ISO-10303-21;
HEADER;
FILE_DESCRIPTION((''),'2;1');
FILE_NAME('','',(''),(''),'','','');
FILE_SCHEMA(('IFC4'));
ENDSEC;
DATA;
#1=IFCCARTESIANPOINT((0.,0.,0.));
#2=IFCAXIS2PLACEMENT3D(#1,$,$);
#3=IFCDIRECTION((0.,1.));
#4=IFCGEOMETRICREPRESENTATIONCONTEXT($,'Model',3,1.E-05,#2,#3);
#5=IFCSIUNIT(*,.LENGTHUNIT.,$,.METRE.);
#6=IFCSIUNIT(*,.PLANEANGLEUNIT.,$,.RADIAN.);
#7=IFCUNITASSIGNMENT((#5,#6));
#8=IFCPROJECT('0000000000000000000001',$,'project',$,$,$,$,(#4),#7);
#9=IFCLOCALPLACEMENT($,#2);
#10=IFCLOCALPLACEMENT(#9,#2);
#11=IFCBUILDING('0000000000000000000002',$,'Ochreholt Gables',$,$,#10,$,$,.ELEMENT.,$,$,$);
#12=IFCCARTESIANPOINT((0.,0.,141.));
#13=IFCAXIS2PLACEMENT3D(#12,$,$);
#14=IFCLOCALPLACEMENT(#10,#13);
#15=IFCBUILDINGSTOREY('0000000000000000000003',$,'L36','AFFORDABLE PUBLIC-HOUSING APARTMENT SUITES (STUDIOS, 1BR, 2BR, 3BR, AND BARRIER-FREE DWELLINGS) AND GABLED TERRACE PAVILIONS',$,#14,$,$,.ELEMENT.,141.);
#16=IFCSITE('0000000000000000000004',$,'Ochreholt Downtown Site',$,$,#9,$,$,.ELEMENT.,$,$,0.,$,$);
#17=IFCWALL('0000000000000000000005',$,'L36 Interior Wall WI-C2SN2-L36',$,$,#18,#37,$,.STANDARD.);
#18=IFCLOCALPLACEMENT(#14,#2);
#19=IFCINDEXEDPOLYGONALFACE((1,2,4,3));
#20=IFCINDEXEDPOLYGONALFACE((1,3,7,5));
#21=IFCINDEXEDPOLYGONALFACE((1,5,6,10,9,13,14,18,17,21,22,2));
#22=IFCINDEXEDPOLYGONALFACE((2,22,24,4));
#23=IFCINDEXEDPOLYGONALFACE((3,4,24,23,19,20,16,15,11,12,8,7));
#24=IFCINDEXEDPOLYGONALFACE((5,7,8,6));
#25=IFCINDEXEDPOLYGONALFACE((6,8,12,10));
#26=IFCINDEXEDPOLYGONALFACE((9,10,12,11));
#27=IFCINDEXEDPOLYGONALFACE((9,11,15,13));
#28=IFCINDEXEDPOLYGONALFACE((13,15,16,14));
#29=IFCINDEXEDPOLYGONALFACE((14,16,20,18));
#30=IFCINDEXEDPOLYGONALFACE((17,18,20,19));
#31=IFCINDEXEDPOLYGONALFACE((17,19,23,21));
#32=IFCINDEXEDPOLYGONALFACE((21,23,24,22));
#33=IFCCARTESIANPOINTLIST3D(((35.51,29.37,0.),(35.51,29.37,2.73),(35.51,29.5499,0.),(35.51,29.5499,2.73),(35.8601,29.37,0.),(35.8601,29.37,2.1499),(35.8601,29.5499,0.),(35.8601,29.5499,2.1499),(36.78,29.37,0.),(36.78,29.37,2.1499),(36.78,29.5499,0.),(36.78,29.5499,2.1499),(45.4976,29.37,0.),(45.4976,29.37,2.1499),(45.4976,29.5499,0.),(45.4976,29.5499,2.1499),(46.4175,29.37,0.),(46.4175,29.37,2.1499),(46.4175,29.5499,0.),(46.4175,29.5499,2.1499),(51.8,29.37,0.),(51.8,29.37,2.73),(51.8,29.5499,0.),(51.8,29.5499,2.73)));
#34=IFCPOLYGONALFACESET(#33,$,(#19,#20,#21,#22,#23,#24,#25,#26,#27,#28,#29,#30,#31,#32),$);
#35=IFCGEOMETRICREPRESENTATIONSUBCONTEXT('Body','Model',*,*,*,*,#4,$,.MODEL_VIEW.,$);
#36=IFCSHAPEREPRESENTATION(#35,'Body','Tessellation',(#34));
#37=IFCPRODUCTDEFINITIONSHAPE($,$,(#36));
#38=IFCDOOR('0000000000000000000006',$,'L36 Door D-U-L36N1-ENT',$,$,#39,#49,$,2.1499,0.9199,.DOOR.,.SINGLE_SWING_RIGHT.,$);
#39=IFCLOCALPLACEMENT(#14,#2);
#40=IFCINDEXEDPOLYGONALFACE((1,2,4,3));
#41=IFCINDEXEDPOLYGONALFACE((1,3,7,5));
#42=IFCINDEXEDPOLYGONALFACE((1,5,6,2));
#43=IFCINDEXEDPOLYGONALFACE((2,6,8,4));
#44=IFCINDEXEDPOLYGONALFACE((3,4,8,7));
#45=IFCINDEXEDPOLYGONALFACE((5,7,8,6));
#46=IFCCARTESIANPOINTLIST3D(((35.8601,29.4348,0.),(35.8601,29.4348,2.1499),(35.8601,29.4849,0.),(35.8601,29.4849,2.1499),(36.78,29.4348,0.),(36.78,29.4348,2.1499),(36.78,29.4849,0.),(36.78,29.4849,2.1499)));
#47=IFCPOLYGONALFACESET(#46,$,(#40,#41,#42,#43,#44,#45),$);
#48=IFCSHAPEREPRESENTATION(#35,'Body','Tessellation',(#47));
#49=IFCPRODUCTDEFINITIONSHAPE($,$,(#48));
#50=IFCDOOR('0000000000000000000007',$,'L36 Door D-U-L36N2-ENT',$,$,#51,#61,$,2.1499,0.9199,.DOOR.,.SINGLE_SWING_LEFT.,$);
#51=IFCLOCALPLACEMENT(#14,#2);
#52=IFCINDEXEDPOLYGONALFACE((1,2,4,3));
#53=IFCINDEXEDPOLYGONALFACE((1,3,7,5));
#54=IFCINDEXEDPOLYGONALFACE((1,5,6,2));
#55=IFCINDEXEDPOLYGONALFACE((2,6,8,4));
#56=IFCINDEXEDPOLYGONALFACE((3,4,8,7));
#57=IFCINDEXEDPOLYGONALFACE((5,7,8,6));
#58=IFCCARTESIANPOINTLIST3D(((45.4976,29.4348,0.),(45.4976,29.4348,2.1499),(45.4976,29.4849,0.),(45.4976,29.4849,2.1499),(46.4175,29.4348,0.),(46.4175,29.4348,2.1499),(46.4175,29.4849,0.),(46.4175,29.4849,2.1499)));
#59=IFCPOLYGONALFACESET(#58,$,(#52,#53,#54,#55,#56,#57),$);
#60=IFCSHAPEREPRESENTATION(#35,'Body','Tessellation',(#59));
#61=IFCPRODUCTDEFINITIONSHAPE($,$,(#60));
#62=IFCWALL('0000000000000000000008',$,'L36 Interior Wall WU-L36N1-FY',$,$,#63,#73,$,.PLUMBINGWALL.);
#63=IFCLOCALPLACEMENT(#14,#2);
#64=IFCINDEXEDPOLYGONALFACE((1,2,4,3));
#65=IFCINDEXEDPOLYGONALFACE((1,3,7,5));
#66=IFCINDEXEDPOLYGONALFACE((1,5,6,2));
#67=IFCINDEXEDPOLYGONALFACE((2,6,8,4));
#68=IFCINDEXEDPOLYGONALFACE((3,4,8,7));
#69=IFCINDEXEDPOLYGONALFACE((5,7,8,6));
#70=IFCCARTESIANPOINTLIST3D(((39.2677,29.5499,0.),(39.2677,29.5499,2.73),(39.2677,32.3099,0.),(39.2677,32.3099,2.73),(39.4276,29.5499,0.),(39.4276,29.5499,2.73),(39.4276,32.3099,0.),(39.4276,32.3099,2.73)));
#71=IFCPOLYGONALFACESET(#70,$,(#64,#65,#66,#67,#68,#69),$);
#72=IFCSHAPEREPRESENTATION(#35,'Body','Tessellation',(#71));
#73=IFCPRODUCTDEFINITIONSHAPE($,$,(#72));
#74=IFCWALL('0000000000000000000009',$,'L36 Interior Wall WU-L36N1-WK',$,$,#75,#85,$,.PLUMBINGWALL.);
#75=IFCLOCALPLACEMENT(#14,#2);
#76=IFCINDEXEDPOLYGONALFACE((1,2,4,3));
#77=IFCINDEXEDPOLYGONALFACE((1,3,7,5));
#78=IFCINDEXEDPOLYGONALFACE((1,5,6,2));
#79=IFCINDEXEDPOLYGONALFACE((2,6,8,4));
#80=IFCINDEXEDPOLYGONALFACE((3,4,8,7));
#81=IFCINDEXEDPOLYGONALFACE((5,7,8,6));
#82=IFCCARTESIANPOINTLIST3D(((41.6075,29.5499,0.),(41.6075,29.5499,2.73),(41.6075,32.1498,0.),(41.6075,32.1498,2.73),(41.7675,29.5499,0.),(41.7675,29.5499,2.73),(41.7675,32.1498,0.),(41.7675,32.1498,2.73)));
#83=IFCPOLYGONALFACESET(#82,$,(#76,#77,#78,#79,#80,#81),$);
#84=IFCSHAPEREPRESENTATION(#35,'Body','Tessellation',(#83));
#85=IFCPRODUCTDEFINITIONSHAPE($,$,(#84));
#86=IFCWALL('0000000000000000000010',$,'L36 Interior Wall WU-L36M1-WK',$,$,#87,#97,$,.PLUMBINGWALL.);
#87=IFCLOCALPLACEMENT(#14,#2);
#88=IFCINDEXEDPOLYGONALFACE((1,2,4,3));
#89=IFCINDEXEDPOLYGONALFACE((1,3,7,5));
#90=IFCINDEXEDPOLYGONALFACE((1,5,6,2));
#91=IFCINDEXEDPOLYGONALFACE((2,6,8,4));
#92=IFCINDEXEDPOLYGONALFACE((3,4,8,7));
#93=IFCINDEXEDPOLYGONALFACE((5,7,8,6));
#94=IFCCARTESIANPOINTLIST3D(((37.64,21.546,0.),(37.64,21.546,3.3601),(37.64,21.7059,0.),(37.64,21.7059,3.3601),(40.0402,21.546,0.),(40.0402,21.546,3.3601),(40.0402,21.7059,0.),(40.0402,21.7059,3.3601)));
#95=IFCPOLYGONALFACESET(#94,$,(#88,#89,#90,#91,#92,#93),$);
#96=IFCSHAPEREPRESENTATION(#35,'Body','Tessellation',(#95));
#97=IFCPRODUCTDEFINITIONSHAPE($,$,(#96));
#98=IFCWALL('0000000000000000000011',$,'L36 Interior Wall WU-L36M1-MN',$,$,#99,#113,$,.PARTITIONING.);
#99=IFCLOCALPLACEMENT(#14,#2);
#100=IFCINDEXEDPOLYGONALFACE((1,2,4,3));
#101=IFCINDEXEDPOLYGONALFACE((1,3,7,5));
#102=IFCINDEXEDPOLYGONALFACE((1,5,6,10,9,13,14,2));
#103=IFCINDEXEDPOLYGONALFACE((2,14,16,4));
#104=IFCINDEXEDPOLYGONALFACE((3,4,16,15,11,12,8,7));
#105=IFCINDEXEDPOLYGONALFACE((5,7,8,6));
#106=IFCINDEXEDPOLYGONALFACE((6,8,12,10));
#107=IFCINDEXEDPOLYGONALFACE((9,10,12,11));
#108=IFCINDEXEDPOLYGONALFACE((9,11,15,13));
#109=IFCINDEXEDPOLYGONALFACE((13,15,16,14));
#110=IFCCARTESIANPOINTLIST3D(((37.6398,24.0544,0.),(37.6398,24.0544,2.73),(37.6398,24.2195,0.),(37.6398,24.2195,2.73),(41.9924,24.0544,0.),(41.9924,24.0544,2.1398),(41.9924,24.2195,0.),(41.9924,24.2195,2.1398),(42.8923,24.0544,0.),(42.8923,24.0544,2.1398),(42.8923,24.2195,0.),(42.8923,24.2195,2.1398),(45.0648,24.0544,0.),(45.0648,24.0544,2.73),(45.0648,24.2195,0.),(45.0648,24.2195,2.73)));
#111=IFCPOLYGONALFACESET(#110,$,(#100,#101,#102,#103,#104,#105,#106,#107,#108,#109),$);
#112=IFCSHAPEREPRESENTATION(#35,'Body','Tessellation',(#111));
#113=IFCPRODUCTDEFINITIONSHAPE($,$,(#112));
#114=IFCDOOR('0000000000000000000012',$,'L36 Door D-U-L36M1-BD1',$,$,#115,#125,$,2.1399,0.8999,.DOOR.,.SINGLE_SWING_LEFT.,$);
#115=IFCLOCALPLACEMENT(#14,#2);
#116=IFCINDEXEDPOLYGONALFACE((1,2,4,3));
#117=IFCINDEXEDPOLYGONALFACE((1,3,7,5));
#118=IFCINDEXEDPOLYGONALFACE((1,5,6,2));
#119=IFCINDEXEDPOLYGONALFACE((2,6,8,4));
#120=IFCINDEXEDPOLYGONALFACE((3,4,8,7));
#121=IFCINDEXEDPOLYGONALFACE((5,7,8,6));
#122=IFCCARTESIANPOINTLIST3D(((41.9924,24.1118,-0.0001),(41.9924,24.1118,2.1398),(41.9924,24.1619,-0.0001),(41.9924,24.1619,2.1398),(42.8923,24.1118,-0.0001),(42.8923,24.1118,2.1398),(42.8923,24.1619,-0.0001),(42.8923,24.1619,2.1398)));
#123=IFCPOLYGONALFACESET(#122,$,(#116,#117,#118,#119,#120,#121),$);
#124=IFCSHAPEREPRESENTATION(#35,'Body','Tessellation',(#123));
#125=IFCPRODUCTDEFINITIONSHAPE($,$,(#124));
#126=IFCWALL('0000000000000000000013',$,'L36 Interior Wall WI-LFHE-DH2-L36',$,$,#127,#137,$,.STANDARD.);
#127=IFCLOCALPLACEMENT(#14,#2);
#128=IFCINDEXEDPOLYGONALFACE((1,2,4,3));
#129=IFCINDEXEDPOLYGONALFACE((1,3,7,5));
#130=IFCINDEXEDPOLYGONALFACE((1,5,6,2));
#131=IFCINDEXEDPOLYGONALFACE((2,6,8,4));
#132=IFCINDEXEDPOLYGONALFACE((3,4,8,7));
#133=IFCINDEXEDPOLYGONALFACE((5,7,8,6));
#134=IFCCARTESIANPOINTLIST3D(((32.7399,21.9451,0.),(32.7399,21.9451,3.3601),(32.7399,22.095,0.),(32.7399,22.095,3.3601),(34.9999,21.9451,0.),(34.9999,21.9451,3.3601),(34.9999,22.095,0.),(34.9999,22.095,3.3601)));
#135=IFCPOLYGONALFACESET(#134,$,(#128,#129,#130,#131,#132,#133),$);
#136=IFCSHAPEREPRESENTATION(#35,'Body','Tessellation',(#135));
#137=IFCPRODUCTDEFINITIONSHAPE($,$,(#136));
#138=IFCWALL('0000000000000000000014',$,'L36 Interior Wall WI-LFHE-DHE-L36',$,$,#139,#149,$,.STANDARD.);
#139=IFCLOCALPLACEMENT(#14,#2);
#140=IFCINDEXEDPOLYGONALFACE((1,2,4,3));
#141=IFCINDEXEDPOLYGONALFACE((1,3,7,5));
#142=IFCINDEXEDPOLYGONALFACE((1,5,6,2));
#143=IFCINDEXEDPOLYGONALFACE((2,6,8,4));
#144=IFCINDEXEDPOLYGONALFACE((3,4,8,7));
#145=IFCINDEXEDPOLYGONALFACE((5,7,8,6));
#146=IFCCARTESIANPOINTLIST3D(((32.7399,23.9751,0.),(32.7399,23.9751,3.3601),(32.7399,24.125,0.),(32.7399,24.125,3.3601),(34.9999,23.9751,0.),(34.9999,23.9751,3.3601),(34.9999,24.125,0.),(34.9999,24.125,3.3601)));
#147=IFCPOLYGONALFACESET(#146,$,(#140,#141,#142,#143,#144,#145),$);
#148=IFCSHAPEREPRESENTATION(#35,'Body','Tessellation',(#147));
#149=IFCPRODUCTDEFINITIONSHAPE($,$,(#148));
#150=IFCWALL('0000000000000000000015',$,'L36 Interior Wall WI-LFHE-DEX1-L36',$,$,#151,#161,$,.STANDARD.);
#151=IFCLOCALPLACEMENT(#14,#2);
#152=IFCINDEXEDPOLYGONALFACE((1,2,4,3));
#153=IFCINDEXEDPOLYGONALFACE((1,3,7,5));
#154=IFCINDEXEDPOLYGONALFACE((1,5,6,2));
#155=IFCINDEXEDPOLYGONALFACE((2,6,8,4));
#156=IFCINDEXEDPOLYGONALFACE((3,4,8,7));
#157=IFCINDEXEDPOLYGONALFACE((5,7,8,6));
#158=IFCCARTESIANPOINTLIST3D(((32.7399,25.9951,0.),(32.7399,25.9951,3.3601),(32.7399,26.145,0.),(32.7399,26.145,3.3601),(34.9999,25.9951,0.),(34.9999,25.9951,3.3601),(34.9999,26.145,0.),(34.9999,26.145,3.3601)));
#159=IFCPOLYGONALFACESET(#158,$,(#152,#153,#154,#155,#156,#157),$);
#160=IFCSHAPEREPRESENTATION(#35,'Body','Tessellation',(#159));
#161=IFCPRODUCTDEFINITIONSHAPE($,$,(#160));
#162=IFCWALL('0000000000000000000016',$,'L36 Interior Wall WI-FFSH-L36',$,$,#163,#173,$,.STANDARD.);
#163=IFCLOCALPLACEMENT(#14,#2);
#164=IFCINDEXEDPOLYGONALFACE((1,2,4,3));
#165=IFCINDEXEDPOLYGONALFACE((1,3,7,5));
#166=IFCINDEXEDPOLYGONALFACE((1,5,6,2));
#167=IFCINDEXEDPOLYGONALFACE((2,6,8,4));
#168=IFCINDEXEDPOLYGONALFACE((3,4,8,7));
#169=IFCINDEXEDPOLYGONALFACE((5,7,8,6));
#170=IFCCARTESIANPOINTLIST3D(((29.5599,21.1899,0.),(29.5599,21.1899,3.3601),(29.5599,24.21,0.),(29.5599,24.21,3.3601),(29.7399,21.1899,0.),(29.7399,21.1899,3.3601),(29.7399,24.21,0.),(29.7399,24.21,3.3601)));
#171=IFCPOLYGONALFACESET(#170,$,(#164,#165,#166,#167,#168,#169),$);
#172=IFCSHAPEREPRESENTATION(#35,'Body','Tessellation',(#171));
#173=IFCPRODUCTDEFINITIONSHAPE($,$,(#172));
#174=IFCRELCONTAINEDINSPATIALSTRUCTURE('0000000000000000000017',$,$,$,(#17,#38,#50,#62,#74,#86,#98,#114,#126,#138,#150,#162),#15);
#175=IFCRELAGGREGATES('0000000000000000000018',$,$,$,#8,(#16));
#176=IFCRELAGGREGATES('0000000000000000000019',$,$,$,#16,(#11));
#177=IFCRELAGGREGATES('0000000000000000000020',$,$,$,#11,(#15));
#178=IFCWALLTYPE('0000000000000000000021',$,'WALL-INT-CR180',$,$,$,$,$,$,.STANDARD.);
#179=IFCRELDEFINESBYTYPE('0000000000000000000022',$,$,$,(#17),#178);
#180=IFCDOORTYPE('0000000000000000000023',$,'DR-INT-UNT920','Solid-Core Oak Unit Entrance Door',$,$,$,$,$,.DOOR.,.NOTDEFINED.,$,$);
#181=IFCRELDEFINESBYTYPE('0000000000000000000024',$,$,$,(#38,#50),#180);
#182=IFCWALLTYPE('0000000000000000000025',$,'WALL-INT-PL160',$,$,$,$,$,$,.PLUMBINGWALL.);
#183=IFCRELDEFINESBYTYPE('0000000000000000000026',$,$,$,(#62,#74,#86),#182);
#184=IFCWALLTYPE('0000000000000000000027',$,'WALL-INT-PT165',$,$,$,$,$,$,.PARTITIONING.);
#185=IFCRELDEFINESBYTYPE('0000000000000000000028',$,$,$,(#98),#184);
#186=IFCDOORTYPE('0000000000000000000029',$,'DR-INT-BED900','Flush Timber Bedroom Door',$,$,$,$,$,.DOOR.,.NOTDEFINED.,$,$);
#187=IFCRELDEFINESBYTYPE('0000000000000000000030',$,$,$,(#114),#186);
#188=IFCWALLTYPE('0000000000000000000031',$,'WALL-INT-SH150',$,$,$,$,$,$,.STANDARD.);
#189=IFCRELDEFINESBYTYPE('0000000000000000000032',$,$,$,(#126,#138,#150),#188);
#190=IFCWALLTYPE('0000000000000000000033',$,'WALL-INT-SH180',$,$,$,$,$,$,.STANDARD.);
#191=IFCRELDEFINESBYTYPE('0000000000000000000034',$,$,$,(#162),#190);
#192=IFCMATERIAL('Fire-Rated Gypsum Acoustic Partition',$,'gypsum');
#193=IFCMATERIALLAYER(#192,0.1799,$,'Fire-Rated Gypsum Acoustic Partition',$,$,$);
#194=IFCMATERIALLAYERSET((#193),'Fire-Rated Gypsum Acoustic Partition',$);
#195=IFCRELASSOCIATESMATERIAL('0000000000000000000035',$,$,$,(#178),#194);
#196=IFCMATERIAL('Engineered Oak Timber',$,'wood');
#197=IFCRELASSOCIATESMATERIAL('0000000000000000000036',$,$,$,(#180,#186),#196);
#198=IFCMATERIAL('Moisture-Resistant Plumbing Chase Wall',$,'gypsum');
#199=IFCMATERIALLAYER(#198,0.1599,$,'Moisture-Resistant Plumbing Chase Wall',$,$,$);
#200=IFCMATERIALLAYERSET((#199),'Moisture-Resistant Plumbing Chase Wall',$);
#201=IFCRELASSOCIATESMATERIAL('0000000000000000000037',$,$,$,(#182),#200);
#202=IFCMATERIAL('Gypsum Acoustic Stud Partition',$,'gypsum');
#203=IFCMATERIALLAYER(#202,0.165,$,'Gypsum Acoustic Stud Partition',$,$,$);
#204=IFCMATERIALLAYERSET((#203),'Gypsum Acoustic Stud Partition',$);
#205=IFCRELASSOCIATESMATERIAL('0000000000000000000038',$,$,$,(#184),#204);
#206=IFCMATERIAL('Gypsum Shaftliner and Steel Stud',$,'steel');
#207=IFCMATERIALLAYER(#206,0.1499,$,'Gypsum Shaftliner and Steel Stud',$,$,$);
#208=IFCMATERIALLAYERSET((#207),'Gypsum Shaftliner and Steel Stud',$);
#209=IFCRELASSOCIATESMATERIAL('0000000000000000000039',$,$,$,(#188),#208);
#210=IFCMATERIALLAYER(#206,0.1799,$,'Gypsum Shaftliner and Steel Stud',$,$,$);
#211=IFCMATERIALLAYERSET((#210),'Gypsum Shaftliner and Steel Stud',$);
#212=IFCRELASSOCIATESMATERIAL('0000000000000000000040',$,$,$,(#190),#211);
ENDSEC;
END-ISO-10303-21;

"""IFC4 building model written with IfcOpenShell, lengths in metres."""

from ifc_helpers import new_model, si_unit, direction, frame, frame_2d, origin, place, context, subcontext, project, spatial, rectangle, extrude, material, layer, layer_set, type_object, element, fill, save


model = new_model("IFC4")

# Units and contexts
model_context = context("Model", 3, precision=1e-05, world=origin(), true_north=direction((0.0, 1.0)))
body_context = subcontext(model_context, "Body", "Model", "MODEL_VIEW")
ifc_project = project(units=[si_unit("LENGTHUNIT", "METRE"), si_unit("PLANEANGLEUNIT", "RADIAN")], contexts=[model_context])

# Site, building, storey
site_placement = place(None, origin())
site = spatial("IfcSite", under=ifc_project, at=site_placement, Name="Ochreholt Downtown Site", CompositionType="ELEMENT", RefElevation=0.0)
building_placement = place(site_placement, origin())
building = spatial("IfcBuilding", under=site, at=building_placement, Name="Ochreholt Gables", CompositionType="ELEMENT")
storey_placement = place(building_placement, frame((0.0, 0.0, 141.0)))
storey = spatial("IfcBuildingStorey", under=building, at=storey_placement, Name="L36", Description="AFFORDABLE PUBLIC-HOUSING APARTMENT SUITES (STUDIOS, 1BR, 2BR, 3BR, AND BARRIER-FREE DWELLINGS) AND GABLED TERRACE PAVILIONS", CompositionType="ELEMENT", Elevation=141.0)

# Shared definitions
ifc_material_1 = material(Name="Fire-Rated Gypsum Acoustic Partition", Category="gypsum")
ifc_layer_1 = layer(ifc_material_1, 0.1799, Name="Fire-Rated Gypsum Acoustic Partition")
ifc_layer_set_1 = layer_set([ifc_layer_1], Name="Fire-Rated Gypsum Acoustic Partition")
wall_type_1 = type_object("IfcWallType", Name="WALL-INT-CR180", PredefinedType="STANDARD", material=ifc_layer_set_1)

# Wall, openings, doors
wall_1_placement = place(storey_placement, frame((35.51, 29.46, 0.0), z_axis=(0.0, 0.0, 1.0), x_axis=(1.0, 0.0, 0.0)))
wall_1 = element("IfcWall", 1, at=wall_1_placement, inside=storey, type_object=wall_type_1, Name="L36 Interior Wall WI-C2SN2-L36", PredefinedType="STANDARD", context=body_context, shape_type="SweptSolid", body=[
    extrude(rectangle(XDim=16.29, YDim=0.1799, at=frame_2d((8.145, 0.0))), origin(), (0.0, 0.0, 1.0), 2.73),
])
opening_1_placement = place(wall_1_placement, frame((0.3501, 0.0, 0.0)))
opening_1 = element("IfcOpeningElement", 2, at=opening_1_placement, cuts=wall_1, PredefinedType="OPENING", context=body_context, shape_type="SweptSolid", body=[
    extrude(rectangle(XDim=0.9199, YDim=2.1499, at=frame_2d((0.46, 1.075))), frame((0.0, 0.0999, 0.0), z_axis=(0.0, -1.0, 0.0), x_axis=(1.0, 0.0, 0.0)), (0.0, 0.0, 1.0), 0.2),
])
opening_2_placement = place(wall_1_placement, frame((9.9875, 0.0, 0.0)))
opening_2 = element("IfcOpeningElement", 3, at=opening_2_placement, cuts=wall_1, PredefinedType="OPENING", context=body_context, shape_type="SweptSolid", body=[
    extrude(rectangle(XDim=0.9199, YDim=2.1499, at=frame_2d((0.46, 1.075))), frame((0.0, 0.0999, 0.0), z_axis=(0.0, -1.0, 0.0), x_axis=(1.0, 0.0, 0.0)), (0.0, 0.0, 1.0), 0.2),
])
ifc_material_2 = material(Name="Engineered Oak Timber", Category="wood")
door_type_1 = type_object("IfcDoorType", Name="DR-INT-UNT920", Description="Solid-Core Oak Unit Entrance Door", OperationType="NOTDEFINED", PredefinedType="DOOR", material=ifc_material_2)
door_1_placement = place(opening_1_placement, origin())
door_1 = element("IfcDoor", 4, at=door_1_placement, inside=storey, type_object=door_type_1, Name="L36 Door D-U-L36N1-ENT", OperationType="SINGLE_SWING_RIGHT", OverallHeight=2.1499, OverallWidth=0.9199, PredefinedType="DOOR", context=body_context, shape_type="SweptSolid", body=[
    extrude(rectangle(XDim=0.9199, YDim=2.1499, at=frame_2d((0.46, 1.075))), frame((0.0, 0.0249, 0.0), z_axis=(0.0, -1.0, 0.0), x_axis=(1.0, 0.0, 0.0)), (0.0, 0.0, 1.0), 0.05),
])
fill(opening_1, door_1)
door_2_placement = place(opening_2_placement, origin())
door_2 = element("IfcDoor", 5, at=door_2_placement, inside=storey, type_object=door_type_1, Name="L36 Door D-U-L36N2-ENT", OperationType="SINGLE_SWING_LEFT", OverallHeight=2.1499, OverallWidth=0.9199, PredefinedType="DOOR", context=body_context, shape_type="SweptSolid", body=[
    extrude(rectangle(XDim=0.9199, YDim=2.1499, at=frame_2d((0.46, 1.075))), frame((0.0, 0.0249, 0.0), z_axis=(0.0, -1.0, 0.0), x_axis=(1.0, 0.0, 0.0)), (0.0, 0.0, 1.0), 0.05),
])
fill(opening_2, door_2)

# Walls
ifc_material_3 = material(Name="Moisture-Resistant Plumbing Chase Wall", Category="gypsum")
ifc_layer_2 = layer(ifc_material_3, 0.1599, Name="Moisture-Resistant Plumbing Chase Wall")
ifc_layer_set_2 = layer_set([ifc_layer_2], Name="Moisture-Resistant Plumbing Chase Wall")
wall_type_2 = type_object("IfcWallType", Name="WALL-INT-PL160", PredefinedType="PLUMBINGWALL", material=ifc_layer_set_2)
wall_2_placement = place(storey_placement, frame((39.3477, 29.55, 0.0), z_axis=(0.0, 0.0, 1.0), x_axis=(0.0, 1.0, 0.0)))
element("IfcWall", 6, at=wall_2_placement, inside=storey, type_object=wall_type_2, Name="L36 Interior Wall WU-L36N1-FY", PredefinedType="PLUMBINGWALL", context=body_context, shape_type="SweptSolid", body=[
    extrude(rectangle(XDim=2.76, YDim=0.1599, at=frame_2d((1.3799, 0.0))), origin(), (0.0, 0.0, 1.0), 2.73),
])
wall_3_placement = place(storey_placement, frame((41.6875, 29.55, 0.0), z_axis=(0.0, 0.0, 1.0), x_axis=(0.0, 1.0, 0.0)))
element("IfcWall", 7, at=wall_3_placement, inside=storey, type_object=wall_type_2, Name="L36 Interior Wall WU-L36N1-WK", PredefinedType="PLUMBINGWALL", context=body_context, shape_type="SweptSolid", body=[
    extrude(rectangle(XDim=2.5999, YDim=0.1599, at=frame_2d((1.2998, 0.0))), origin(), (0.0, 0.0, 1.0), 2.73),
])
wall_4_placement = place(storey_placement, frame((37.6399, 21.626, 0.0), z_axis=(0.0, 0.0, 1.0), x_axis=(1.0, 0.0, 0.0)))
element("IfcWall", 8, at=wall_4_placement, inside=storey, type_object=wall_type_2, Name="L36 Interior Wall WU-L36M1-WK", PredefinedType="PLUMBINGWALL", context=body_context, shape_type="SweptSolid", body=[
    extrude(rectangle(XDim=2.4001, YDim=0.1599, at=frame_2d((1.2002, 0.0))), origin(), (0.0, 0.0, 1.0), 3.3601),
])

# Wall, opening, door
ifc_material_4 = material(Name="Gypsum Acoustic Stud Partition", Category="gypsum")
ifc_layer_3 = layer(ifc_material_4, 0.165, Name="Gypsum Acoustic Stud Partition")
ifc_layer_set_3 = layer_set([ifc_layer_3], Name="Gypsum Acoustic Stud Partition")
wall_type_3 = type_object("IfcWallType", Name="WALL-INT-PT165", PredefinedType="PARTITIONING", material=ifc_layer_set_3)
wall_5_placement = place(storey_placement, frame((37.6399, 24.137, 0.0), z_axis=(0.0, 0.0, 1.0), x_axis=(1.0, 0.0, 0.0)))
wall_5 = element("IfcWall", 9, at=wall_5_placement, inside=storey, type_object=wall_type_3, Name="L36 Interior Wall WU-L36M1-MN", PredefinedType="PARTITIONING", context=body_context, shape_type="SweptSolid", body=[
    extrude(rectangle(XDim=7.425, YDim=0.165, at=frame_2d((3.7124, 0.0))), origin(), (0.0, 0.0, 1.0), 2.73),
])
opening_3_placement = place(wall_5_placement, frame((4.3525, 0.0, 0.0)))
opening_3 = element("IfcOpeningElement", 10, at=opening_3_placement, cuts=wall_5, PredefinedType="OPENING", context=body_context, shape_type="SweptSolid", body=[
    extrude(rectangle(XDim=0.8999, YDim=2.1399, at=frame_2d((0.45, 1.0698))), frame((0.0, 0.0925, 0.0), z_axis=(0.0, -1.0, 0.0), x_axis=(1.0, 0.0, 0.0)), (0.0, 0.0, 1.0), 0.1851),
])
door_type_2 = type_object("IfcDoorType", Name="DR-INT-BED900", Description="Flush Timber Bedroom Door", OperationType="NOTDEFINED", PredefinedType="DOOR", material=ifc_material_2)
door_3_placement = place(opening_3_placement, origin())
door_3 = element("IfcDoor", 11, at=door_3_placement, inside=storey, type_object=door_type_2, Name="L36 Door D-U-L36M1-BD1", OperationType="SINGLE_SWING_LEFT", OverallHeight=2.1399, OverallWidth=0.8999, PredefinedType="DOOR", context=body_context, shape_type="SweptSolid", body=[
    extrude(rectangle(XDim=0.8999, YDim=2.1399, at=frame_2d((0.45, 1.0698))), frame((0.0, 0.0249, 0.0), z_axis=(0.0, -1.0, 0.0), x_axis=(1.0, 0.0, 0.0)), (0.0, 0.0, 1.0), 0.05),
])
fill(opening_3, door_3)

# Walls
ifc_material_5 = material(Name="Gypsum Shaftliner and Steel Stud", Category="steel")
ifc_layer_4 = layer(ifc_material_5, 0.1499, Name="Gypsum Shaftliner and Steel Stud")
ifc_layer_set_4 = layer_set([ifc_layer_4], Name="Gypsum Shaftliner and Steel Stud")
wall_type_4 = type_object("IfcWallType", Name="WALL-INT-SH150", PredefinedType="STANDARD", material=ifc_layer_set_4)
for number, where, z_axis, x_axis, name in (
    (12, (32.74, 22.02, 0.0), (0.0, 0.0, 1.0), (1.0, 0.0, 0.0), "L36 Interior Wall WI-LFHE-DH2-L36"),
    (13, (32.74, 24.05, 0.0), (0.0, 0.0, 1.0), (1.0, 0.0, 0.0), "L36 Interior Wall WI-LFHE-DHE-L36"),
    (14, (32.74, 26.0701, 0.0), (0.0, 0.0, 1.0), (1.0, 0.0, 0.0), "L36 Interior Wall WI-LFHE-DEX1-L36"),
):
    element("IfcWall", number, at=place(storey_placement, frame(where, z_axis=z_axis, x_axis=x_axis)), inside=storey, type_object=wall_type_4, Name=name, PredefinedType="STANDARD", context=body_context, shape_type="SweptSolid", body=[
        extrude(rectangle(XDim=2.26, YDim=0.1499, at=frame_2d((1.1299, 0.0))), origin(), (0.0, 0.0, 1.0), 3.3601),
    ])
ifc_layer_5 = layer(ifc_material_5, 0.1799, Name="Gypsum Shaftliner and Steel Stud")
ifc_layer_set_5 = layer_set([ifc_layer_5], Name="Gypsum Shaftliner and Steel Stud")
wall_type_5 = type_object("IfcWallType", Name="WALL-INT-SH180", PredefinedType="STANDARD", material=ifc_layer_set_5)
for number, where, z_axis, x_axis, name in (
    (15, (29.6499, 21.1899, 0.0), (0.0, 0.0, 1.0), (0.0, 1.0, 0.0), "L36 Interior Wall WI-FFSH-L36"),
):
    element("IfcWall", number, at=place(storey_placement, frame(where, z_axis=z_axis, x_axis=x_axis)), inside=storey, type_object=wall_type_5, Name=name, PredefinedType="STANDARD", context=body_context, shape_type="SweptSolid", body=[
        extrude(rectangle(XDim=3.02, YDim=0.1799, at=frame_2d((1.51, 0.0))), origin(), (0.0, 0.0, 1.0), 3.3601),
    ])

save(model, "model.ifc")
